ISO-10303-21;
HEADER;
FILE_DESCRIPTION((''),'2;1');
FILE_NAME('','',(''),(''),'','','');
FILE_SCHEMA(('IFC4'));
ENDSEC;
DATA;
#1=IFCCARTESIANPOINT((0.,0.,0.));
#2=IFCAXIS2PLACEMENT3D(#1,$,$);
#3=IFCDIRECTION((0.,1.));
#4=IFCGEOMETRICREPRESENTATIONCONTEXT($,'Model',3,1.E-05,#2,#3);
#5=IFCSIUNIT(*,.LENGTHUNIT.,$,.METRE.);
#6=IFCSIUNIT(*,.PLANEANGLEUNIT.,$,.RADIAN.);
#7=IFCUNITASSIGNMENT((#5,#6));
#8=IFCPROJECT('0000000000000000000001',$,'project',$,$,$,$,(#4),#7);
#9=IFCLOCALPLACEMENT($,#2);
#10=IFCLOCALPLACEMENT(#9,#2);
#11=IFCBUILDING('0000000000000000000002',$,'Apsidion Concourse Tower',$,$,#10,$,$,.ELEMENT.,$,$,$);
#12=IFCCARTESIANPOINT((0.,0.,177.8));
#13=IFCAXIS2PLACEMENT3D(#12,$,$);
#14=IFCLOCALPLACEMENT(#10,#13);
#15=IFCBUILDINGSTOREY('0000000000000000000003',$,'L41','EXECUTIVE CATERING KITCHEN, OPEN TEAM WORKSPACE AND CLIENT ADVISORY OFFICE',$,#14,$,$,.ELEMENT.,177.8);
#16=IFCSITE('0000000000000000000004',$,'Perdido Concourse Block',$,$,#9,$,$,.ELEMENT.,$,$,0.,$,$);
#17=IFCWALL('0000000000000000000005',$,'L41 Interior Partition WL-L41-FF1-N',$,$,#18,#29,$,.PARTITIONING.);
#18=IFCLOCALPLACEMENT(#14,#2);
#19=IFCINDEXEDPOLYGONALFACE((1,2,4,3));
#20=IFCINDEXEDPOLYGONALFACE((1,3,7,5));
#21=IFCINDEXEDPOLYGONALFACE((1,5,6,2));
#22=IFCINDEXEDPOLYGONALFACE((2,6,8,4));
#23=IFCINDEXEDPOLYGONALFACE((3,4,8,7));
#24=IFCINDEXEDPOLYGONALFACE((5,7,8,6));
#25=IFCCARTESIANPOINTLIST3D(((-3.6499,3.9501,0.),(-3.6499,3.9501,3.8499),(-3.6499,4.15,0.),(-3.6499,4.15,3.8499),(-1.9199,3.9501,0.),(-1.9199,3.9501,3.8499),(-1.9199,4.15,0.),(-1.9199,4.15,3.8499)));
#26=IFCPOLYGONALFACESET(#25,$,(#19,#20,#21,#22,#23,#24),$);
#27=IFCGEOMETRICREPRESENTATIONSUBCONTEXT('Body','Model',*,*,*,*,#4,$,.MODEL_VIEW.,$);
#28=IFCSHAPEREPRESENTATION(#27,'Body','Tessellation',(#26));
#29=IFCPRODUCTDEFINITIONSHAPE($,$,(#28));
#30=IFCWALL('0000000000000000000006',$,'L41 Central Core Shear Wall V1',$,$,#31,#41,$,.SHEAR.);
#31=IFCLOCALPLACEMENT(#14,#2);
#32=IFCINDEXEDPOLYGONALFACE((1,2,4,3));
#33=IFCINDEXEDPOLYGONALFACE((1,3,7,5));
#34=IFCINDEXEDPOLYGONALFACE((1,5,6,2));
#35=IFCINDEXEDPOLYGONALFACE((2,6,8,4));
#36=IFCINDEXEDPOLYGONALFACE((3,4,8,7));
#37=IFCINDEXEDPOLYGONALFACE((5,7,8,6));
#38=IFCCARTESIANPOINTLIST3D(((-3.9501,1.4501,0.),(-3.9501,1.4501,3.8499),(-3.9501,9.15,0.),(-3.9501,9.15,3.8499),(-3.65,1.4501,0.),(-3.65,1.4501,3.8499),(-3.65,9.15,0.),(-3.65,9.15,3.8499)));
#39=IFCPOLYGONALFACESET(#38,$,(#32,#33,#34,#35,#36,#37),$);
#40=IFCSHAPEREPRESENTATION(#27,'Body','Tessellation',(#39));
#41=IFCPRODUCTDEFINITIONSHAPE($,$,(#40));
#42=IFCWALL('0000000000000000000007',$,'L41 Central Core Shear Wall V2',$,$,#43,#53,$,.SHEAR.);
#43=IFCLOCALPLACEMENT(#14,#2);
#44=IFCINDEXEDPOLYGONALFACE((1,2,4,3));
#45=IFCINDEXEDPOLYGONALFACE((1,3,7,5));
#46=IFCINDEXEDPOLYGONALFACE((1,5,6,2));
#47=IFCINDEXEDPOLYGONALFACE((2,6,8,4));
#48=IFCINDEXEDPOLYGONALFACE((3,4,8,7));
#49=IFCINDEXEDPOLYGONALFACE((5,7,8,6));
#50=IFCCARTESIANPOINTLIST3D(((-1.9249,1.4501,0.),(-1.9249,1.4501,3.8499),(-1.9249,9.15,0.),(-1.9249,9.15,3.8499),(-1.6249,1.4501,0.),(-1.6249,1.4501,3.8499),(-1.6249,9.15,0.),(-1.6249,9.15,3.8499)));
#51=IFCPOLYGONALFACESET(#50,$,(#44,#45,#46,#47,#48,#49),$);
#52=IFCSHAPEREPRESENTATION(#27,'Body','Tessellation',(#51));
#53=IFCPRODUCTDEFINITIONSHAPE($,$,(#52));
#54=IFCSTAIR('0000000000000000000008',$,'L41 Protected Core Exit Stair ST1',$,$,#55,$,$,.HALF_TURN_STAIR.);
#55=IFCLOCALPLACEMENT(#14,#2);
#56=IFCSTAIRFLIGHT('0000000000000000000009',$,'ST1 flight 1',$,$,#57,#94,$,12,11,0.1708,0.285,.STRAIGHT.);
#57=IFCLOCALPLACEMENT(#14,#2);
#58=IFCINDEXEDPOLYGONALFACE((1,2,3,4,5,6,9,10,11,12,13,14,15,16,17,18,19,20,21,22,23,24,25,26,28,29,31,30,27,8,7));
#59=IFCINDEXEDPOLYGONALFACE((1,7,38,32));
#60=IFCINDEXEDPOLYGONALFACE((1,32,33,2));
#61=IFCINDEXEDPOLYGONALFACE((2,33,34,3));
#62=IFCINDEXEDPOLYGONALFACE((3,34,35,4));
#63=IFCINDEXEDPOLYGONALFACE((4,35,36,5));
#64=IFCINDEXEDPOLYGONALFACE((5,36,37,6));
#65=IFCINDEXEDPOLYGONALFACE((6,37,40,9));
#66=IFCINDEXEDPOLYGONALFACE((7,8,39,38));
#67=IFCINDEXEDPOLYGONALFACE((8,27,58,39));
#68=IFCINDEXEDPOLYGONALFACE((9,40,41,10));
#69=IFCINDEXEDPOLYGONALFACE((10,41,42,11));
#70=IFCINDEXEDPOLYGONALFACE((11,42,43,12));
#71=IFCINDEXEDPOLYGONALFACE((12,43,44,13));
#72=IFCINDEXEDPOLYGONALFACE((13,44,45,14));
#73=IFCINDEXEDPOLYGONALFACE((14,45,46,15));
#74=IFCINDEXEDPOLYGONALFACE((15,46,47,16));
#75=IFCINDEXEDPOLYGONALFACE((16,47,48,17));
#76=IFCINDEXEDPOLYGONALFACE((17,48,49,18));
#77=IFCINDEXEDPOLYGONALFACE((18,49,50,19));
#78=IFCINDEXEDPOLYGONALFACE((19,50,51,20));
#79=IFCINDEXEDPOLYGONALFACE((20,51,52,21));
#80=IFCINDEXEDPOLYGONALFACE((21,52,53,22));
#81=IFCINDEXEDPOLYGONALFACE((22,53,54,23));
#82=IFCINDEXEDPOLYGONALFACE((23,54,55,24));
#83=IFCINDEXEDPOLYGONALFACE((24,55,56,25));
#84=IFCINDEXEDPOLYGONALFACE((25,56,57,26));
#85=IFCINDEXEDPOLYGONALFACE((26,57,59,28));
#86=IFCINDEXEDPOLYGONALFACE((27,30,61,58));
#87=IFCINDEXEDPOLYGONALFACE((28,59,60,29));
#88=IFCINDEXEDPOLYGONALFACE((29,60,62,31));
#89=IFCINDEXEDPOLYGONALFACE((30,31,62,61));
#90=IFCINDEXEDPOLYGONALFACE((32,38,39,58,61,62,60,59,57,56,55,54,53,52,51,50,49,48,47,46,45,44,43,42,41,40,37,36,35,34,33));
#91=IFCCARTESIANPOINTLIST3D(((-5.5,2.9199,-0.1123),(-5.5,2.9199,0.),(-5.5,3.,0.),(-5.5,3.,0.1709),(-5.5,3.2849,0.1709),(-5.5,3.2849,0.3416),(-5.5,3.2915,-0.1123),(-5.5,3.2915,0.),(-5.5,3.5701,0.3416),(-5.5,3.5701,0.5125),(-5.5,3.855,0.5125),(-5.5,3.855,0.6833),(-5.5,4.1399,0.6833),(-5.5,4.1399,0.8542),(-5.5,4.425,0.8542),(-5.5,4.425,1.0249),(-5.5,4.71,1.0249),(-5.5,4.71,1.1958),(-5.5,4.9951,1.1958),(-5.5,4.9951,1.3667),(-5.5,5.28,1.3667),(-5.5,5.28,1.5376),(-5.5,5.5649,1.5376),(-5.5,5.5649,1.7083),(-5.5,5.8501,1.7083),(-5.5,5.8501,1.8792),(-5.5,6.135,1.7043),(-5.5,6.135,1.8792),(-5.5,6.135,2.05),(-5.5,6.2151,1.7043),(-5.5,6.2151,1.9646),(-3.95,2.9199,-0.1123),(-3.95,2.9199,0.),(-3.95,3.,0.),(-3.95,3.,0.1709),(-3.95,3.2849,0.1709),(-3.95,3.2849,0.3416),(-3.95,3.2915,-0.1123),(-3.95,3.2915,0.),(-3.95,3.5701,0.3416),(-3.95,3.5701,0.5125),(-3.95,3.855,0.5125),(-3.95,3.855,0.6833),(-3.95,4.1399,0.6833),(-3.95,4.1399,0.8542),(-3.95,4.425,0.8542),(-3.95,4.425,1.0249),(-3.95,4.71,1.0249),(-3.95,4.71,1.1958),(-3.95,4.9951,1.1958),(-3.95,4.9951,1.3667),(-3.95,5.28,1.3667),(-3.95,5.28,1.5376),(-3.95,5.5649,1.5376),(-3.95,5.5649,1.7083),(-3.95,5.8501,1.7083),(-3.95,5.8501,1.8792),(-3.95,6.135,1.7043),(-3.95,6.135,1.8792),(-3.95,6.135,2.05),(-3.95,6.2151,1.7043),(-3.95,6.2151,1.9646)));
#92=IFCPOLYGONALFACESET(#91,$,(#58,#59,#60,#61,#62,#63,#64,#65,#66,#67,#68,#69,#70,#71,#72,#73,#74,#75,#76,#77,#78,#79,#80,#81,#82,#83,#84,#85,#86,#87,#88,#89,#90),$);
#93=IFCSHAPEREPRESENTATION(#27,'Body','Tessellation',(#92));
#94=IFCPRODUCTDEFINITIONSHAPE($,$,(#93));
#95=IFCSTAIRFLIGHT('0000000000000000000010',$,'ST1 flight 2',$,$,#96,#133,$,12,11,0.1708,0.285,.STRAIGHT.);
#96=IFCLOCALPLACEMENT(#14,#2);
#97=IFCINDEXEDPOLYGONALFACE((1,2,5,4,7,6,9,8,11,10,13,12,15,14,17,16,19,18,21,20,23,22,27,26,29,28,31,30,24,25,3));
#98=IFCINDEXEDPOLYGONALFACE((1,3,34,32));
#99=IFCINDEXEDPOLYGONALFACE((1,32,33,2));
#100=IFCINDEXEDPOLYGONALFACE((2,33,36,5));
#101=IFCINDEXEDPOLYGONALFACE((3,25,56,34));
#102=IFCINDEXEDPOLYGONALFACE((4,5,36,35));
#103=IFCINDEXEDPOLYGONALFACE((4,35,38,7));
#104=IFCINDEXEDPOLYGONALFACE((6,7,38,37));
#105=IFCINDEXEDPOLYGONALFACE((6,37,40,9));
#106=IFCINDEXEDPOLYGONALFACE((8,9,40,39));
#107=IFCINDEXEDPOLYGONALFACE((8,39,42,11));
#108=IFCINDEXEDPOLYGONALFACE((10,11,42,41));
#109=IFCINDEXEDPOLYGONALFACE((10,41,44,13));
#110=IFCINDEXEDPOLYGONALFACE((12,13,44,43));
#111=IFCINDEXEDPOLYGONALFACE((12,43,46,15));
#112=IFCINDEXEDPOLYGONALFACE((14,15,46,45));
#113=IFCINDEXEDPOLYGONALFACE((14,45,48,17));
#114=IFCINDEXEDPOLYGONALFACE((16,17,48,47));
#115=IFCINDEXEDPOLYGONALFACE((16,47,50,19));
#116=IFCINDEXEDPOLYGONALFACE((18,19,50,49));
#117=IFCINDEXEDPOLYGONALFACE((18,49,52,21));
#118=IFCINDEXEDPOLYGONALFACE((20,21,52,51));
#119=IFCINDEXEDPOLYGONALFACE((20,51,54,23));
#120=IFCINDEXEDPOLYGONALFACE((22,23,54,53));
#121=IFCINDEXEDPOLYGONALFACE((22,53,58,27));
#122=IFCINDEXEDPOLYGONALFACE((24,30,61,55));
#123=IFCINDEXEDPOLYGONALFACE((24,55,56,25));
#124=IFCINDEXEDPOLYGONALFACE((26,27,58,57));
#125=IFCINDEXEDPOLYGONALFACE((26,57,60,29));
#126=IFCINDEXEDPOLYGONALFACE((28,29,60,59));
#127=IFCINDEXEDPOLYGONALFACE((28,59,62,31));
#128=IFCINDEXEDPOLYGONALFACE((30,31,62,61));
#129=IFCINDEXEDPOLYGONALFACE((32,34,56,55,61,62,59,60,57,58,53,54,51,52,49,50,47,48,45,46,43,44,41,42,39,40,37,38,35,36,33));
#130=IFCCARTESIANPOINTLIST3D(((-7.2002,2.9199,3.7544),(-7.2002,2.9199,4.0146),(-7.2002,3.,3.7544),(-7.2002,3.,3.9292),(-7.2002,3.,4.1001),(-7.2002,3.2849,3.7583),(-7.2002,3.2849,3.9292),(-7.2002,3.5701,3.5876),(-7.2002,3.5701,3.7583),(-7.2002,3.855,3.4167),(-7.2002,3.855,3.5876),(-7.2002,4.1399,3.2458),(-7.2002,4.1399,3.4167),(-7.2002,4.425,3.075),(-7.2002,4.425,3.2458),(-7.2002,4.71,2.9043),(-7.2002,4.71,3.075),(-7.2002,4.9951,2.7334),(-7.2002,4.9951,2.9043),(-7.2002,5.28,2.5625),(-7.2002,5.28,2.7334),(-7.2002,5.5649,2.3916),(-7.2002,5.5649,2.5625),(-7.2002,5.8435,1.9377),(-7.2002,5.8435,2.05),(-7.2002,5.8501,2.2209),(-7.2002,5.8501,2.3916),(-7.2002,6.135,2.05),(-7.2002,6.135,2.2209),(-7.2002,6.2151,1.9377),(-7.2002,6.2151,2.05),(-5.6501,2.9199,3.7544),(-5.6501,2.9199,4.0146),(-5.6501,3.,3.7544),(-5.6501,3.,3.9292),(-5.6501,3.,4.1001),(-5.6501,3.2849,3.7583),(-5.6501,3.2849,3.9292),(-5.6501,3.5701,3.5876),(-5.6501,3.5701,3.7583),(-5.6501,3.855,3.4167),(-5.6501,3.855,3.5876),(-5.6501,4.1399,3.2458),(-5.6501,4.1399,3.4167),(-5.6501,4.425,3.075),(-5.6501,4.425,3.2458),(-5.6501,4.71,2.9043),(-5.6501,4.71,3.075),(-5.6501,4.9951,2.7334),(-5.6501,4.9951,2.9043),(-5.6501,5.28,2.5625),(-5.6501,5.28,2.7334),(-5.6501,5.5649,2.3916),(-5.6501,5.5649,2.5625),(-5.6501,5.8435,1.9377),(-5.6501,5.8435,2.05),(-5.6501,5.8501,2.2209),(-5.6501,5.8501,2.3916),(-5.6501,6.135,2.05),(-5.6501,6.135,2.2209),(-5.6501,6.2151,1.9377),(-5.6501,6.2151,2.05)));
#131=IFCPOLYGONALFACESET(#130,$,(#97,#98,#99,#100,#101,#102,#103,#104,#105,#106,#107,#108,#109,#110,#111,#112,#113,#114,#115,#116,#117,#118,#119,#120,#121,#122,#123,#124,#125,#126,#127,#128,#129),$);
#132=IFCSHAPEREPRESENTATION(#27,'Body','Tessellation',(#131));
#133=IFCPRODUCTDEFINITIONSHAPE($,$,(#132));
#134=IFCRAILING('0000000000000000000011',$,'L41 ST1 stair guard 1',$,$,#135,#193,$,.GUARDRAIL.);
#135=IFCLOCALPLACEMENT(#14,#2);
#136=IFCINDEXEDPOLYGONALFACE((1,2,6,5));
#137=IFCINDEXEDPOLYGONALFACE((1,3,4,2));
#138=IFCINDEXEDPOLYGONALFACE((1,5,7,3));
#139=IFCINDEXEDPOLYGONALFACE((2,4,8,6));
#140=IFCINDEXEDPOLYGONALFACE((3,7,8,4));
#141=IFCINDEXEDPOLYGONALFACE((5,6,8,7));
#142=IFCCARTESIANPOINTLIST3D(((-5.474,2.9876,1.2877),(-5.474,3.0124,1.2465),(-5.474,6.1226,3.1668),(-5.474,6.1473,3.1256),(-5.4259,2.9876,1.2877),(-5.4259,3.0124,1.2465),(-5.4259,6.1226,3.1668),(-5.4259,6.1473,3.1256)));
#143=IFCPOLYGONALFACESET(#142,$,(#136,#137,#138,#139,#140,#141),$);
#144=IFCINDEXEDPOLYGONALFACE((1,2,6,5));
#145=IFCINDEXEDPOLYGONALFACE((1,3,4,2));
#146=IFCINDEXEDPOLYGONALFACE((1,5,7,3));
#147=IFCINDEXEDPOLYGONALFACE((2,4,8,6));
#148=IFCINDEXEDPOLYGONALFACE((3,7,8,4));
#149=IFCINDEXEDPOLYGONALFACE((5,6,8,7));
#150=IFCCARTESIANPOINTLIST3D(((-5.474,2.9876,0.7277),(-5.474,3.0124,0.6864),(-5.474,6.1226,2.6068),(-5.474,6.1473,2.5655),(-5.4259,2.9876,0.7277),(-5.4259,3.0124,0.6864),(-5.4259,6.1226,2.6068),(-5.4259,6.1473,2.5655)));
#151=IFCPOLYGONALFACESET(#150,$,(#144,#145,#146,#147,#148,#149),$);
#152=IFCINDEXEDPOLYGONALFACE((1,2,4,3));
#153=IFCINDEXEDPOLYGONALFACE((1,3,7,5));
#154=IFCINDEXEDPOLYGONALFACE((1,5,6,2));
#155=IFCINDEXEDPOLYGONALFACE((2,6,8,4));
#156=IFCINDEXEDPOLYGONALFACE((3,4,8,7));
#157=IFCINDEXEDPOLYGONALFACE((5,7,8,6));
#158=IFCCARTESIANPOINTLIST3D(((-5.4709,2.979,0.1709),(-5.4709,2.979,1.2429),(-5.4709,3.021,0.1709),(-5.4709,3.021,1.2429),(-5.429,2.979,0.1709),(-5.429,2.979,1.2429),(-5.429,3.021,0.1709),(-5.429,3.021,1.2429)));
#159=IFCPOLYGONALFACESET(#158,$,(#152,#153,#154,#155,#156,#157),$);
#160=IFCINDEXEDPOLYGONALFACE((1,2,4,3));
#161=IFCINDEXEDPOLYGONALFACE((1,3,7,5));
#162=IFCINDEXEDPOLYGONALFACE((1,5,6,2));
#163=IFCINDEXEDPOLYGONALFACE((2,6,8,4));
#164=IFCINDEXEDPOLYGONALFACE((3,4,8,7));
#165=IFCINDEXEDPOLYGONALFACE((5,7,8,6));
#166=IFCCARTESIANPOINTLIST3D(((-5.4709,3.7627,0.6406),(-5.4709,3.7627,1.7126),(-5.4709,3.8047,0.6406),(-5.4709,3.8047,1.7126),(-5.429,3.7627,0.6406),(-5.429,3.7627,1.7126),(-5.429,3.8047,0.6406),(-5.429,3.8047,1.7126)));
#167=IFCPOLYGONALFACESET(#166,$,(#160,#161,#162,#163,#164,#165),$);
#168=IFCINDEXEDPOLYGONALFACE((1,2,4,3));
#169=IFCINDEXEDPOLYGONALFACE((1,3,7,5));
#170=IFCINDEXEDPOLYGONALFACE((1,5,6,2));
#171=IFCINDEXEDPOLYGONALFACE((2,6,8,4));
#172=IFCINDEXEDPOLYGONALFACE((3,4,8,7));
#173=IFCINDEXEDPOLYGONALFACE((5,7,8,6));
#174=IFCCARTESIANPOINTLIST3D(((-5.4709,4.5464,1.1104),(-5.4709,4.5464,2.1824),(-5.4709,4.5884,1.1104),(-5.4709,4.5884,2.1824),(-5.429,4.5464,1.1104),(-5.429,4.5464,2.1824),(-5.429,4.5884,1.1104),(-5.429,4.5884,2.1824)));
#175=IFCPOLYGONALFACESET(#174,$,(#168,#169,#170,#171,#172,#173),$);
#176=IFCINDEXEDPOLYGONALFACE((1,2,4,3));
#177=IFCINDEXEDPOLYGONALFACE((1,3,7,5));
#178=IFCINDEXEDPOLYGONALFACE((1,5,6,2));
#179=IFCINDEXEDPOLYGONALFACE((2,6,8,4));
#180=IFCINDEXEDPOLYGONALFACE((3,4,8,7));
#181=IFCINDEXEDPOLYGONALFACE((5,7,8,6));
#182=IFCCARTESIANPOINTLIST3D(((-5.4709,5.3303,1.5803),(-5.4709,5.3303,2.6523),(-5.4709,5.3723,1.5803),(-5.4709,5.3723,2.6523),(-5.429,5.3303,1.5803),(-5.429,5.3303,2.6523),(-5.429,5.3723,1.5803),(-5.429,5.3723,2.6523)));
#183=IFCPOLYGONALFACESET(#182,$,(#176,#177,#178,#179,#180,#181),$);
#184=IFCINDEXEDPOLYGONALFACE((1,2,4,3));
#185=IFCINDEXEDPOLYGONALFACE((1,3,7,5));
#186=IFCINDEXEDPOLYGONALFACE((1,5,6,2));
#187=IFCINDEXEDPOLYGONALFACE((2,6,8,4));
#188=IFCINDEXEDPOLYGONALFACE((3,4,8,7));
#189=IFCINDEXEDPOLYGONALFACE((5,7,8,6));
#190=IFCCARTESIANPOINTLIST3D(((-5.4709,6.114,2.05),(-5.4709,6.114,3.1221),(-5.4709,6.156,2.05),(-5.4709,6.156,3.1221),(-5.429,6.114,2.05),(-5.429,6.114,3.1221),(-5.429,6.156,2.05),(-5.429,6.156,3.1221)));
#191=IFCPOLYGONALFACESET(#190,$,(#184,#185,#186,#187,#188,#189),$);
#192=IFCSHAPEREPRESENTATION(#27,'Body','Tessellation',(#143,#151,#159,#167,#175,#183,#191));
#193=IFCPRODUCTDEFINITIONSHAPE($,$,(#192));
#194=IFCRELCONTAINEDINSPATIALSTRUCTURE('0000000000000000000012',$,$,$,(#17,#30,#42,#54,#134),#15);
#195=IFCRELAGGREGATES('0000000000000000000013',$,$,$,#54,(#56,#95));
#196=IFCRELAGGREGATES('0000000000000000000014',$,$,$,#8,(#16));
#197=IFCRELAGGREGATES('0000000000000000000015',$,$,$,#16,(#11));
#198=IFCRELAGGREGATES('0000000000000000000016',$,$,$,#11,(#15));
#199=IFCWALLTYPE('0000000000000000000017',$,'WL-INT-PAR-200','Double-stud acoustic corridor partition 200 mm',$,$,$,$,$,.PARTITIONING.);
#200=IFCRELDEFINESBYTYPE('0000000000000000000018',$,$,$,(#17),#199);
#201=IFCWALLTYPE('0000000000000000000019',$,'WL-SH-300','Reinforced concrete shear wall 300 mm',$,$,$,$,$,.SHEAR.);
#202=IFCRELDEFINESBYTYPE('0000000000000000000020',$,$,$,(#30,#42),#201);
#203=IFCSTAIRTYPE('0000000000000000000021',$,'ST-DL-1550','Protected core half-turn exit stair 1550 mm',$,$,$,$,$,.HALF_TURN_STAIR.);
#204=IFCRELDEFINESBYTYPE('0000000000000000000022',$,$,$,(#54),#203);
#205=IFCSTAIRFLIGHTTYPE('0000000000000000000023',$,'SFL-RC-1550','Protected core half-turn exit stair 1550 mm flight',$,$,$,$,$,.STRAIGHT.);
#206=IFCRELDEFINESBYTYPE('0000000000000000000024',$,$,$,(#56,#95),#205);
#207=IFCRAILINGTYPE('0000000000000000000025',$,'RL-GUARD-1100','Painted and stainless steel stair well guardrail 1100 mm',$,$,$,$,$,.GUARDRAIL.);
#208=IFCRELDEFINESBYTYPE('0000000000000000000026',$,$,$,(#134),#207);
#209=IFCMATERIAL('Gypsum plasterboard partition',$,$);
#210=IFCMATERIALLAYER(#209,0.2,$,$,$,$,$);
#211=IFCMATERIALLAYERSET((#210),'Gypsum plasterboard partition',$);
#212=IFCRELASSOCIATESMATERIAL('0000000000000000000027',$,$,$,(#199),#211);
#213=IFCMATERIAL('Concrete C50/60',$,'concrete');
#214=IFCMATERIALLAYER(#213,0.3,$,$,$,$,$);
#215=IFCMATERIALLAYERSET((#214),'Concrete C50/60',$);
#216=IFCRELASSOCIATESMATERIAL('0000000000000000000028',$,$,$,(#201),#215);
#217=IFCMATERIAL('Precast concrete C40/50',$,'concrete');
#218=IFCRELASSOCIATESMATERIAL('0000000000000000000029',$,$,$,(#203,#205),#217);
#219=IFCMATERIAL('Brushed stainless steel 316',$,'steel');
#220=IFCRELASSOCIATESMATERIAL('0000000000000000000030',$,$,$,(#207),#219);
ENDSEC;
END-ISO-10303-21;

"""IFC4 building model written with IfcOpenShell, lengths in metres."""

from ifc_helpers import new_model, si_unit, direction, frame, frame_2d, origin, origin_2d, place, context, subcontext, project, spatial, polyline, rectangle, outline, extrude, material, layer, layer_set, type_object, element, aggregate, save


model = new_model("IFC4")

# Units and contexts
model_context = context("Model", 3, precision=1e-05, world=origin(), true_north=direction((0.0, 1.0)))
body_context = subcontext(model_context, "Body", "Model", "MODEL_VIEW")
ifc_project = project(units=[si_unit("LENGTHUNIT", "METRE"), si_unit("PLANEANGLEUNIT", "RADIAN")], contexts=[model_context])

# Site, building, storey
site_placement = place(None, origin())
site = spatial("IfcSite", under=ifc_project, at=site_placement, Name="Perdido Concourse Block", CompositionType="ELEMENT", RefElevation=0.0)
building_placement = place(site_placement, origin())
building = spatial("IfcBuilding", under=site, at=building_placement, Name="Apsidion Concourse Tower", CompositionType="ELEMENT")
storey_placement = place(building_placement, frame((0.0, 0.0, 177.8)))
storey = spatial("IfcBuildingStorey", under=building, at=storey_placement, Name="L41", Description="EXECUTIVE CATERING KITCHEN, OPEN TEAM WORKSPACE AND CLIENT ADVISORY OFFICE", CompositionType="ELEMENT", Elevation=177.8)

# Shared definitions
ifc_material_1 = material(Name="Concrete C50/60", Category="concrete")

# Shared definitions
ifc_material_2 = material(Name="Gypsum plasterboard partition")

# Shared definitions
ifc_material_3 = material(Name="Brushed stainless steel 316", Category="steel")

# Walls
ifc_layer_1 = layer(ifc_material_2, 0.2)
ifc_layer_set_1 = layer_set([ifc_layer_1], Name="Gypsum plasterboard partition")
wall_type_1 = type_object("IfcWallType", Name="WL-INT-PAR-200", Description="Double-stud acoustic corridor partition 200 mm", PredefinedType="PARTITIONING", material=ifc_layer_set_1)
wall_1_placement = place(storey_placement, frame((-3.6499, 4.05, 0.0), z_axis=(0.0, 0.0, 1.0), x_axis=(1.0, 0.0, 0.0)))
element("IfcWall", 1, at=wall_1_placement, inside=storey, type_object=wall_type_1, Name="L41 Interior Partition WL-L41-FF1-N", PredefinedType="PARTITIONING", context=body_context, shape_type="SweptSolid", body=[
    extrude(rectangle(XDim=1.73, YDim=0.2, at=frame_2d((0.865, 0.0))), origin(), (0.0, 0.0, 1.0), 3.8499),
])
ifc_layer_2 = layer(ifc_material_1, 0.3)
ifc_layer_set_2 = layer_set([ifc_layer_2], Name="Concrete C50/60")
wall_type_2 = type_object("IfcWallType", Name="WL-SH-300", Description="Reinforced concrete shear wall 300 mm", PredefinedType="SHEAR", material=ifc_layer_set_2)
for number, where, z_axis, x_axis, name in (
    (2, (-3.8, 1.45, 0.0), (0.0, 0.0, 1.0), (0.0, 1.0, 0.0), "L41 Central Core Shear Wall V1"),
    (3, (-1.7749, 1.45, 0.0), (0.0, 0.0, 1.0), (0.0, 1.0, 0.0), "L41 Central Core Shear Wall V2"),
):
    element("IfcWall", number, at=place(storey_placement, frame(where, z_axis=z_axis, x_axis=x_axis)), inside=storey, type_object=wall_type_2, Name=name, PredefinedType="SHEAR", context=body_context, shape_type="SweptSolid", body=[
        extrude(rectangle(XDim=7.7, YDim=0.3, at=frame_2d((3.8501, 0.0))), origin(), (0.0, 0.0, 1.0), 3.8499),
    ])

# Stair, stair flights
ifc_material_4 = material(Name="Precast concrete C40/50", Category="concrete")
stair_type = type_object("IfcStairType", Name="ST-DL-1550", Description="Protected core half-turn exit stair 1550 mm", PredefinedType="HALF_TURN_STAIR", material=ifc_material_4)
stair_placement = place(storey_placement, origin())
stair = element("IfcStair", 4, at=stair_placement, inside=storey, type_object=stair_type, Name="L41 Protected Core Exit Stair ST1", PredefinedType="HALF_TURN_STAIR")
stair_flight_type = type_object("IfcStairFlightType", Name="SFL-RC-1550", Description="Protected core half-turn exit stair 1550 mm flight", PredefinedType="STRAIGHT", material=ifc_material_4)
stair_flight_1_placement = place(storey_placement, frame((-4.7251, 3.0, 0.0), z_axis=(0.0, 0.0, 1.0), x_axis=(0.0, 1.0, 0.0)))
stair_flight_1 = element("IfcStairFlight", 5, at=stair_flight_1_placement, type_object=stair_flight_type, Name="ST1 flight 1", NumberOfRisers=12, NumberOfTreads=11, PredefinedType="STRAIGHT", RiserHeight=0.1708, TreadLength=0.285, context=body_context, shape_type="SweptSolid", body=[
    extrude(outline(polyline([(-0.0801, -0.1123), (-0.0801, 0.0), (0.0, 0.0), (0.0, 0.1709), (0.2849, 0.1709), (0.2849, 0.3416), (0.5701, 0.3416), (0.5701, 0.5125), (0.855, 0.5125), (0.855, 0.6833), (1.1399, 0.6833), (1.1399, 0.8542), (1.425, 0.8542), (1.425, 1.0249), (1.71, 1.0249), (1.71, 1.1958), (1.9951, 1.1958), (1.9951, 1.3667), (2.28, 1.3667), (2.28, 1.5376), (2.5649, 1.5376), (2.5649, 1.7083), (2.8501, 1.7083), (2.8501, 1.8792), (3.135, 1.8792), (3.135, 2.05), (3.2151, 1.9646), (3.2151, 1.7043), (3.135, 1.7043), (0.2915, 0.0), (0.2915, -0.1123), (-0.0801, -0.1123)])), frame((0.0, 0.7749, 0.0), z_axis=(0.0, -1.0, 0.0), x_axis=(1.0, 0.0, 0.0)), (0.0, 0.0, 1.0), 1.55),
])
stair_flight_2_placement = place(storey_placement, frame((-6.425, 6.135, 2.05), z_axis=(0.0, 0.0, 1.0), x_axis=(0.0, -1.0, 0.0)))
stair_flight_2 = element("IfcStairFlight", 6, at=stair_flight_2_placement, type_object=stair_flight_type, Name="ST1 flight 2", NumberOfRisers=12, NumberOfTreads=11, PredefinedType="STRAIGHT", RiserHeight=0.1708, TreadLength=0.285, context=body_context, shape_type="SweptSolid", body=[
    extrude(outline(polyline([(-0.0801, -0.1123), (-0.0801, 0.0), (0.0, 0.0), (0.0, 0.1709), (0.2849, 0.1709), (0.2849, 0.3416), (0.5701, 0.3416), (0.5701, 0.5125), (0.855, 0.5125), (0.855, 0.6833), (1.1399, 0.6833), (1.1399, 0.8542), (1.425, 0.8542), (1.425, 1.0249), (1.71, 1.0249), (1.71, 1.1958), (1.9951, 1.1958), (1.9951, 1.3667), (2.28, 1.3667), (2.28, 1.5376), (2.5649, 1.5376), (2.5649, 1.7083), (2.8501, 1.7083), (2.8501, 1.8792), (3.135, 1.8792), (3.135, 2.05), (3.2151, 1.9646), (3.2151, 1.7043), (3.135, 1.7043), (0.2915, 0.0), (0.2915, -0.1123), (-0.0801, -0.1123)])), frame((0.0, 0.7749, 0.0), z_axis=(0.0, -1.0, 0.0), x_axis=(1.0, 0.0, 0.0)), (0.0, 0.0, 1.0), 1.55),
])
aggregate(stair, [stair_flight_1, stair_flight_2])

# Railing
railing_type_1 = type_object("IfcRailingType", Name="RL-GUARD-1100", Description="Painted and stainless steel stair well guardrail 1100 mm", PredefinedType="GUARDRAIL", material=ifc_material_3)
railing_1_placement = place(storey_placement, frame((-5.45, 3.0, 0.1709)))
element("IfcRailing", 7, at=railing_1_placement, inside=storey, type_object=railing_type_1, Name="L41 ST1 stair guard 1", PredefinedType="GUARDRAIL", context=body_context, shape_type="SweptSolid", body=[
    extrude(rectangle(XDim=0.0481, YDim=0.0481, at=origin_2d()), frame((0.0, 0.0, 1.0962), z_axis=(0.0, 0.857717, 0.514122), x_axis=(-1.0, 0.0, 0.0)), (0.0, 0.0, 1.0), 3.655),
    extrude(rectangle(XDim=0.0481, YDim=0.0481, at=origin_2d()), frame((0.0, 0.0, 0.5361), z_axis=(0.0, 0.857717, 0.514122), x_axis=(-1.0, 0.0, 0.0)), (0.0, 0.0, 1.0), 3.655),
    extrude(rectangle(XDim=0.042, YDim=0.042, at=origin_2d()), origin(), (0.0, 0.0, 1.0), 1.072),
    extrude(rectangle(XDim=0.042, YDim=0.042, at=origin_2d()), frame((0.0, 0.7837, 0.4697)), (0.0, 0.0, 1.0), 1.072),
    extrude(rectangle(XDim=0.042, YDim=0.042, at=origin_2d()), frame((0.0, 1.5674, 0.9395)), (0.0, 0.0, 1.0), 1.072),
    extrude(rectangle(XDim=0.042, YDim=0.042, at=origin_2d()), frame((0.0, 2.3513, 1.4094)), (0.0, 0.0, 1.0), 1.072),
    extrude(rectangle(XDim=0.042, YDim=0.042, at=origin_2d()), frame((0.0, 3.135, 1.8792)), (0.0, 0.0, 1.0), 1.072),
])

save(model, "model.ifc")
